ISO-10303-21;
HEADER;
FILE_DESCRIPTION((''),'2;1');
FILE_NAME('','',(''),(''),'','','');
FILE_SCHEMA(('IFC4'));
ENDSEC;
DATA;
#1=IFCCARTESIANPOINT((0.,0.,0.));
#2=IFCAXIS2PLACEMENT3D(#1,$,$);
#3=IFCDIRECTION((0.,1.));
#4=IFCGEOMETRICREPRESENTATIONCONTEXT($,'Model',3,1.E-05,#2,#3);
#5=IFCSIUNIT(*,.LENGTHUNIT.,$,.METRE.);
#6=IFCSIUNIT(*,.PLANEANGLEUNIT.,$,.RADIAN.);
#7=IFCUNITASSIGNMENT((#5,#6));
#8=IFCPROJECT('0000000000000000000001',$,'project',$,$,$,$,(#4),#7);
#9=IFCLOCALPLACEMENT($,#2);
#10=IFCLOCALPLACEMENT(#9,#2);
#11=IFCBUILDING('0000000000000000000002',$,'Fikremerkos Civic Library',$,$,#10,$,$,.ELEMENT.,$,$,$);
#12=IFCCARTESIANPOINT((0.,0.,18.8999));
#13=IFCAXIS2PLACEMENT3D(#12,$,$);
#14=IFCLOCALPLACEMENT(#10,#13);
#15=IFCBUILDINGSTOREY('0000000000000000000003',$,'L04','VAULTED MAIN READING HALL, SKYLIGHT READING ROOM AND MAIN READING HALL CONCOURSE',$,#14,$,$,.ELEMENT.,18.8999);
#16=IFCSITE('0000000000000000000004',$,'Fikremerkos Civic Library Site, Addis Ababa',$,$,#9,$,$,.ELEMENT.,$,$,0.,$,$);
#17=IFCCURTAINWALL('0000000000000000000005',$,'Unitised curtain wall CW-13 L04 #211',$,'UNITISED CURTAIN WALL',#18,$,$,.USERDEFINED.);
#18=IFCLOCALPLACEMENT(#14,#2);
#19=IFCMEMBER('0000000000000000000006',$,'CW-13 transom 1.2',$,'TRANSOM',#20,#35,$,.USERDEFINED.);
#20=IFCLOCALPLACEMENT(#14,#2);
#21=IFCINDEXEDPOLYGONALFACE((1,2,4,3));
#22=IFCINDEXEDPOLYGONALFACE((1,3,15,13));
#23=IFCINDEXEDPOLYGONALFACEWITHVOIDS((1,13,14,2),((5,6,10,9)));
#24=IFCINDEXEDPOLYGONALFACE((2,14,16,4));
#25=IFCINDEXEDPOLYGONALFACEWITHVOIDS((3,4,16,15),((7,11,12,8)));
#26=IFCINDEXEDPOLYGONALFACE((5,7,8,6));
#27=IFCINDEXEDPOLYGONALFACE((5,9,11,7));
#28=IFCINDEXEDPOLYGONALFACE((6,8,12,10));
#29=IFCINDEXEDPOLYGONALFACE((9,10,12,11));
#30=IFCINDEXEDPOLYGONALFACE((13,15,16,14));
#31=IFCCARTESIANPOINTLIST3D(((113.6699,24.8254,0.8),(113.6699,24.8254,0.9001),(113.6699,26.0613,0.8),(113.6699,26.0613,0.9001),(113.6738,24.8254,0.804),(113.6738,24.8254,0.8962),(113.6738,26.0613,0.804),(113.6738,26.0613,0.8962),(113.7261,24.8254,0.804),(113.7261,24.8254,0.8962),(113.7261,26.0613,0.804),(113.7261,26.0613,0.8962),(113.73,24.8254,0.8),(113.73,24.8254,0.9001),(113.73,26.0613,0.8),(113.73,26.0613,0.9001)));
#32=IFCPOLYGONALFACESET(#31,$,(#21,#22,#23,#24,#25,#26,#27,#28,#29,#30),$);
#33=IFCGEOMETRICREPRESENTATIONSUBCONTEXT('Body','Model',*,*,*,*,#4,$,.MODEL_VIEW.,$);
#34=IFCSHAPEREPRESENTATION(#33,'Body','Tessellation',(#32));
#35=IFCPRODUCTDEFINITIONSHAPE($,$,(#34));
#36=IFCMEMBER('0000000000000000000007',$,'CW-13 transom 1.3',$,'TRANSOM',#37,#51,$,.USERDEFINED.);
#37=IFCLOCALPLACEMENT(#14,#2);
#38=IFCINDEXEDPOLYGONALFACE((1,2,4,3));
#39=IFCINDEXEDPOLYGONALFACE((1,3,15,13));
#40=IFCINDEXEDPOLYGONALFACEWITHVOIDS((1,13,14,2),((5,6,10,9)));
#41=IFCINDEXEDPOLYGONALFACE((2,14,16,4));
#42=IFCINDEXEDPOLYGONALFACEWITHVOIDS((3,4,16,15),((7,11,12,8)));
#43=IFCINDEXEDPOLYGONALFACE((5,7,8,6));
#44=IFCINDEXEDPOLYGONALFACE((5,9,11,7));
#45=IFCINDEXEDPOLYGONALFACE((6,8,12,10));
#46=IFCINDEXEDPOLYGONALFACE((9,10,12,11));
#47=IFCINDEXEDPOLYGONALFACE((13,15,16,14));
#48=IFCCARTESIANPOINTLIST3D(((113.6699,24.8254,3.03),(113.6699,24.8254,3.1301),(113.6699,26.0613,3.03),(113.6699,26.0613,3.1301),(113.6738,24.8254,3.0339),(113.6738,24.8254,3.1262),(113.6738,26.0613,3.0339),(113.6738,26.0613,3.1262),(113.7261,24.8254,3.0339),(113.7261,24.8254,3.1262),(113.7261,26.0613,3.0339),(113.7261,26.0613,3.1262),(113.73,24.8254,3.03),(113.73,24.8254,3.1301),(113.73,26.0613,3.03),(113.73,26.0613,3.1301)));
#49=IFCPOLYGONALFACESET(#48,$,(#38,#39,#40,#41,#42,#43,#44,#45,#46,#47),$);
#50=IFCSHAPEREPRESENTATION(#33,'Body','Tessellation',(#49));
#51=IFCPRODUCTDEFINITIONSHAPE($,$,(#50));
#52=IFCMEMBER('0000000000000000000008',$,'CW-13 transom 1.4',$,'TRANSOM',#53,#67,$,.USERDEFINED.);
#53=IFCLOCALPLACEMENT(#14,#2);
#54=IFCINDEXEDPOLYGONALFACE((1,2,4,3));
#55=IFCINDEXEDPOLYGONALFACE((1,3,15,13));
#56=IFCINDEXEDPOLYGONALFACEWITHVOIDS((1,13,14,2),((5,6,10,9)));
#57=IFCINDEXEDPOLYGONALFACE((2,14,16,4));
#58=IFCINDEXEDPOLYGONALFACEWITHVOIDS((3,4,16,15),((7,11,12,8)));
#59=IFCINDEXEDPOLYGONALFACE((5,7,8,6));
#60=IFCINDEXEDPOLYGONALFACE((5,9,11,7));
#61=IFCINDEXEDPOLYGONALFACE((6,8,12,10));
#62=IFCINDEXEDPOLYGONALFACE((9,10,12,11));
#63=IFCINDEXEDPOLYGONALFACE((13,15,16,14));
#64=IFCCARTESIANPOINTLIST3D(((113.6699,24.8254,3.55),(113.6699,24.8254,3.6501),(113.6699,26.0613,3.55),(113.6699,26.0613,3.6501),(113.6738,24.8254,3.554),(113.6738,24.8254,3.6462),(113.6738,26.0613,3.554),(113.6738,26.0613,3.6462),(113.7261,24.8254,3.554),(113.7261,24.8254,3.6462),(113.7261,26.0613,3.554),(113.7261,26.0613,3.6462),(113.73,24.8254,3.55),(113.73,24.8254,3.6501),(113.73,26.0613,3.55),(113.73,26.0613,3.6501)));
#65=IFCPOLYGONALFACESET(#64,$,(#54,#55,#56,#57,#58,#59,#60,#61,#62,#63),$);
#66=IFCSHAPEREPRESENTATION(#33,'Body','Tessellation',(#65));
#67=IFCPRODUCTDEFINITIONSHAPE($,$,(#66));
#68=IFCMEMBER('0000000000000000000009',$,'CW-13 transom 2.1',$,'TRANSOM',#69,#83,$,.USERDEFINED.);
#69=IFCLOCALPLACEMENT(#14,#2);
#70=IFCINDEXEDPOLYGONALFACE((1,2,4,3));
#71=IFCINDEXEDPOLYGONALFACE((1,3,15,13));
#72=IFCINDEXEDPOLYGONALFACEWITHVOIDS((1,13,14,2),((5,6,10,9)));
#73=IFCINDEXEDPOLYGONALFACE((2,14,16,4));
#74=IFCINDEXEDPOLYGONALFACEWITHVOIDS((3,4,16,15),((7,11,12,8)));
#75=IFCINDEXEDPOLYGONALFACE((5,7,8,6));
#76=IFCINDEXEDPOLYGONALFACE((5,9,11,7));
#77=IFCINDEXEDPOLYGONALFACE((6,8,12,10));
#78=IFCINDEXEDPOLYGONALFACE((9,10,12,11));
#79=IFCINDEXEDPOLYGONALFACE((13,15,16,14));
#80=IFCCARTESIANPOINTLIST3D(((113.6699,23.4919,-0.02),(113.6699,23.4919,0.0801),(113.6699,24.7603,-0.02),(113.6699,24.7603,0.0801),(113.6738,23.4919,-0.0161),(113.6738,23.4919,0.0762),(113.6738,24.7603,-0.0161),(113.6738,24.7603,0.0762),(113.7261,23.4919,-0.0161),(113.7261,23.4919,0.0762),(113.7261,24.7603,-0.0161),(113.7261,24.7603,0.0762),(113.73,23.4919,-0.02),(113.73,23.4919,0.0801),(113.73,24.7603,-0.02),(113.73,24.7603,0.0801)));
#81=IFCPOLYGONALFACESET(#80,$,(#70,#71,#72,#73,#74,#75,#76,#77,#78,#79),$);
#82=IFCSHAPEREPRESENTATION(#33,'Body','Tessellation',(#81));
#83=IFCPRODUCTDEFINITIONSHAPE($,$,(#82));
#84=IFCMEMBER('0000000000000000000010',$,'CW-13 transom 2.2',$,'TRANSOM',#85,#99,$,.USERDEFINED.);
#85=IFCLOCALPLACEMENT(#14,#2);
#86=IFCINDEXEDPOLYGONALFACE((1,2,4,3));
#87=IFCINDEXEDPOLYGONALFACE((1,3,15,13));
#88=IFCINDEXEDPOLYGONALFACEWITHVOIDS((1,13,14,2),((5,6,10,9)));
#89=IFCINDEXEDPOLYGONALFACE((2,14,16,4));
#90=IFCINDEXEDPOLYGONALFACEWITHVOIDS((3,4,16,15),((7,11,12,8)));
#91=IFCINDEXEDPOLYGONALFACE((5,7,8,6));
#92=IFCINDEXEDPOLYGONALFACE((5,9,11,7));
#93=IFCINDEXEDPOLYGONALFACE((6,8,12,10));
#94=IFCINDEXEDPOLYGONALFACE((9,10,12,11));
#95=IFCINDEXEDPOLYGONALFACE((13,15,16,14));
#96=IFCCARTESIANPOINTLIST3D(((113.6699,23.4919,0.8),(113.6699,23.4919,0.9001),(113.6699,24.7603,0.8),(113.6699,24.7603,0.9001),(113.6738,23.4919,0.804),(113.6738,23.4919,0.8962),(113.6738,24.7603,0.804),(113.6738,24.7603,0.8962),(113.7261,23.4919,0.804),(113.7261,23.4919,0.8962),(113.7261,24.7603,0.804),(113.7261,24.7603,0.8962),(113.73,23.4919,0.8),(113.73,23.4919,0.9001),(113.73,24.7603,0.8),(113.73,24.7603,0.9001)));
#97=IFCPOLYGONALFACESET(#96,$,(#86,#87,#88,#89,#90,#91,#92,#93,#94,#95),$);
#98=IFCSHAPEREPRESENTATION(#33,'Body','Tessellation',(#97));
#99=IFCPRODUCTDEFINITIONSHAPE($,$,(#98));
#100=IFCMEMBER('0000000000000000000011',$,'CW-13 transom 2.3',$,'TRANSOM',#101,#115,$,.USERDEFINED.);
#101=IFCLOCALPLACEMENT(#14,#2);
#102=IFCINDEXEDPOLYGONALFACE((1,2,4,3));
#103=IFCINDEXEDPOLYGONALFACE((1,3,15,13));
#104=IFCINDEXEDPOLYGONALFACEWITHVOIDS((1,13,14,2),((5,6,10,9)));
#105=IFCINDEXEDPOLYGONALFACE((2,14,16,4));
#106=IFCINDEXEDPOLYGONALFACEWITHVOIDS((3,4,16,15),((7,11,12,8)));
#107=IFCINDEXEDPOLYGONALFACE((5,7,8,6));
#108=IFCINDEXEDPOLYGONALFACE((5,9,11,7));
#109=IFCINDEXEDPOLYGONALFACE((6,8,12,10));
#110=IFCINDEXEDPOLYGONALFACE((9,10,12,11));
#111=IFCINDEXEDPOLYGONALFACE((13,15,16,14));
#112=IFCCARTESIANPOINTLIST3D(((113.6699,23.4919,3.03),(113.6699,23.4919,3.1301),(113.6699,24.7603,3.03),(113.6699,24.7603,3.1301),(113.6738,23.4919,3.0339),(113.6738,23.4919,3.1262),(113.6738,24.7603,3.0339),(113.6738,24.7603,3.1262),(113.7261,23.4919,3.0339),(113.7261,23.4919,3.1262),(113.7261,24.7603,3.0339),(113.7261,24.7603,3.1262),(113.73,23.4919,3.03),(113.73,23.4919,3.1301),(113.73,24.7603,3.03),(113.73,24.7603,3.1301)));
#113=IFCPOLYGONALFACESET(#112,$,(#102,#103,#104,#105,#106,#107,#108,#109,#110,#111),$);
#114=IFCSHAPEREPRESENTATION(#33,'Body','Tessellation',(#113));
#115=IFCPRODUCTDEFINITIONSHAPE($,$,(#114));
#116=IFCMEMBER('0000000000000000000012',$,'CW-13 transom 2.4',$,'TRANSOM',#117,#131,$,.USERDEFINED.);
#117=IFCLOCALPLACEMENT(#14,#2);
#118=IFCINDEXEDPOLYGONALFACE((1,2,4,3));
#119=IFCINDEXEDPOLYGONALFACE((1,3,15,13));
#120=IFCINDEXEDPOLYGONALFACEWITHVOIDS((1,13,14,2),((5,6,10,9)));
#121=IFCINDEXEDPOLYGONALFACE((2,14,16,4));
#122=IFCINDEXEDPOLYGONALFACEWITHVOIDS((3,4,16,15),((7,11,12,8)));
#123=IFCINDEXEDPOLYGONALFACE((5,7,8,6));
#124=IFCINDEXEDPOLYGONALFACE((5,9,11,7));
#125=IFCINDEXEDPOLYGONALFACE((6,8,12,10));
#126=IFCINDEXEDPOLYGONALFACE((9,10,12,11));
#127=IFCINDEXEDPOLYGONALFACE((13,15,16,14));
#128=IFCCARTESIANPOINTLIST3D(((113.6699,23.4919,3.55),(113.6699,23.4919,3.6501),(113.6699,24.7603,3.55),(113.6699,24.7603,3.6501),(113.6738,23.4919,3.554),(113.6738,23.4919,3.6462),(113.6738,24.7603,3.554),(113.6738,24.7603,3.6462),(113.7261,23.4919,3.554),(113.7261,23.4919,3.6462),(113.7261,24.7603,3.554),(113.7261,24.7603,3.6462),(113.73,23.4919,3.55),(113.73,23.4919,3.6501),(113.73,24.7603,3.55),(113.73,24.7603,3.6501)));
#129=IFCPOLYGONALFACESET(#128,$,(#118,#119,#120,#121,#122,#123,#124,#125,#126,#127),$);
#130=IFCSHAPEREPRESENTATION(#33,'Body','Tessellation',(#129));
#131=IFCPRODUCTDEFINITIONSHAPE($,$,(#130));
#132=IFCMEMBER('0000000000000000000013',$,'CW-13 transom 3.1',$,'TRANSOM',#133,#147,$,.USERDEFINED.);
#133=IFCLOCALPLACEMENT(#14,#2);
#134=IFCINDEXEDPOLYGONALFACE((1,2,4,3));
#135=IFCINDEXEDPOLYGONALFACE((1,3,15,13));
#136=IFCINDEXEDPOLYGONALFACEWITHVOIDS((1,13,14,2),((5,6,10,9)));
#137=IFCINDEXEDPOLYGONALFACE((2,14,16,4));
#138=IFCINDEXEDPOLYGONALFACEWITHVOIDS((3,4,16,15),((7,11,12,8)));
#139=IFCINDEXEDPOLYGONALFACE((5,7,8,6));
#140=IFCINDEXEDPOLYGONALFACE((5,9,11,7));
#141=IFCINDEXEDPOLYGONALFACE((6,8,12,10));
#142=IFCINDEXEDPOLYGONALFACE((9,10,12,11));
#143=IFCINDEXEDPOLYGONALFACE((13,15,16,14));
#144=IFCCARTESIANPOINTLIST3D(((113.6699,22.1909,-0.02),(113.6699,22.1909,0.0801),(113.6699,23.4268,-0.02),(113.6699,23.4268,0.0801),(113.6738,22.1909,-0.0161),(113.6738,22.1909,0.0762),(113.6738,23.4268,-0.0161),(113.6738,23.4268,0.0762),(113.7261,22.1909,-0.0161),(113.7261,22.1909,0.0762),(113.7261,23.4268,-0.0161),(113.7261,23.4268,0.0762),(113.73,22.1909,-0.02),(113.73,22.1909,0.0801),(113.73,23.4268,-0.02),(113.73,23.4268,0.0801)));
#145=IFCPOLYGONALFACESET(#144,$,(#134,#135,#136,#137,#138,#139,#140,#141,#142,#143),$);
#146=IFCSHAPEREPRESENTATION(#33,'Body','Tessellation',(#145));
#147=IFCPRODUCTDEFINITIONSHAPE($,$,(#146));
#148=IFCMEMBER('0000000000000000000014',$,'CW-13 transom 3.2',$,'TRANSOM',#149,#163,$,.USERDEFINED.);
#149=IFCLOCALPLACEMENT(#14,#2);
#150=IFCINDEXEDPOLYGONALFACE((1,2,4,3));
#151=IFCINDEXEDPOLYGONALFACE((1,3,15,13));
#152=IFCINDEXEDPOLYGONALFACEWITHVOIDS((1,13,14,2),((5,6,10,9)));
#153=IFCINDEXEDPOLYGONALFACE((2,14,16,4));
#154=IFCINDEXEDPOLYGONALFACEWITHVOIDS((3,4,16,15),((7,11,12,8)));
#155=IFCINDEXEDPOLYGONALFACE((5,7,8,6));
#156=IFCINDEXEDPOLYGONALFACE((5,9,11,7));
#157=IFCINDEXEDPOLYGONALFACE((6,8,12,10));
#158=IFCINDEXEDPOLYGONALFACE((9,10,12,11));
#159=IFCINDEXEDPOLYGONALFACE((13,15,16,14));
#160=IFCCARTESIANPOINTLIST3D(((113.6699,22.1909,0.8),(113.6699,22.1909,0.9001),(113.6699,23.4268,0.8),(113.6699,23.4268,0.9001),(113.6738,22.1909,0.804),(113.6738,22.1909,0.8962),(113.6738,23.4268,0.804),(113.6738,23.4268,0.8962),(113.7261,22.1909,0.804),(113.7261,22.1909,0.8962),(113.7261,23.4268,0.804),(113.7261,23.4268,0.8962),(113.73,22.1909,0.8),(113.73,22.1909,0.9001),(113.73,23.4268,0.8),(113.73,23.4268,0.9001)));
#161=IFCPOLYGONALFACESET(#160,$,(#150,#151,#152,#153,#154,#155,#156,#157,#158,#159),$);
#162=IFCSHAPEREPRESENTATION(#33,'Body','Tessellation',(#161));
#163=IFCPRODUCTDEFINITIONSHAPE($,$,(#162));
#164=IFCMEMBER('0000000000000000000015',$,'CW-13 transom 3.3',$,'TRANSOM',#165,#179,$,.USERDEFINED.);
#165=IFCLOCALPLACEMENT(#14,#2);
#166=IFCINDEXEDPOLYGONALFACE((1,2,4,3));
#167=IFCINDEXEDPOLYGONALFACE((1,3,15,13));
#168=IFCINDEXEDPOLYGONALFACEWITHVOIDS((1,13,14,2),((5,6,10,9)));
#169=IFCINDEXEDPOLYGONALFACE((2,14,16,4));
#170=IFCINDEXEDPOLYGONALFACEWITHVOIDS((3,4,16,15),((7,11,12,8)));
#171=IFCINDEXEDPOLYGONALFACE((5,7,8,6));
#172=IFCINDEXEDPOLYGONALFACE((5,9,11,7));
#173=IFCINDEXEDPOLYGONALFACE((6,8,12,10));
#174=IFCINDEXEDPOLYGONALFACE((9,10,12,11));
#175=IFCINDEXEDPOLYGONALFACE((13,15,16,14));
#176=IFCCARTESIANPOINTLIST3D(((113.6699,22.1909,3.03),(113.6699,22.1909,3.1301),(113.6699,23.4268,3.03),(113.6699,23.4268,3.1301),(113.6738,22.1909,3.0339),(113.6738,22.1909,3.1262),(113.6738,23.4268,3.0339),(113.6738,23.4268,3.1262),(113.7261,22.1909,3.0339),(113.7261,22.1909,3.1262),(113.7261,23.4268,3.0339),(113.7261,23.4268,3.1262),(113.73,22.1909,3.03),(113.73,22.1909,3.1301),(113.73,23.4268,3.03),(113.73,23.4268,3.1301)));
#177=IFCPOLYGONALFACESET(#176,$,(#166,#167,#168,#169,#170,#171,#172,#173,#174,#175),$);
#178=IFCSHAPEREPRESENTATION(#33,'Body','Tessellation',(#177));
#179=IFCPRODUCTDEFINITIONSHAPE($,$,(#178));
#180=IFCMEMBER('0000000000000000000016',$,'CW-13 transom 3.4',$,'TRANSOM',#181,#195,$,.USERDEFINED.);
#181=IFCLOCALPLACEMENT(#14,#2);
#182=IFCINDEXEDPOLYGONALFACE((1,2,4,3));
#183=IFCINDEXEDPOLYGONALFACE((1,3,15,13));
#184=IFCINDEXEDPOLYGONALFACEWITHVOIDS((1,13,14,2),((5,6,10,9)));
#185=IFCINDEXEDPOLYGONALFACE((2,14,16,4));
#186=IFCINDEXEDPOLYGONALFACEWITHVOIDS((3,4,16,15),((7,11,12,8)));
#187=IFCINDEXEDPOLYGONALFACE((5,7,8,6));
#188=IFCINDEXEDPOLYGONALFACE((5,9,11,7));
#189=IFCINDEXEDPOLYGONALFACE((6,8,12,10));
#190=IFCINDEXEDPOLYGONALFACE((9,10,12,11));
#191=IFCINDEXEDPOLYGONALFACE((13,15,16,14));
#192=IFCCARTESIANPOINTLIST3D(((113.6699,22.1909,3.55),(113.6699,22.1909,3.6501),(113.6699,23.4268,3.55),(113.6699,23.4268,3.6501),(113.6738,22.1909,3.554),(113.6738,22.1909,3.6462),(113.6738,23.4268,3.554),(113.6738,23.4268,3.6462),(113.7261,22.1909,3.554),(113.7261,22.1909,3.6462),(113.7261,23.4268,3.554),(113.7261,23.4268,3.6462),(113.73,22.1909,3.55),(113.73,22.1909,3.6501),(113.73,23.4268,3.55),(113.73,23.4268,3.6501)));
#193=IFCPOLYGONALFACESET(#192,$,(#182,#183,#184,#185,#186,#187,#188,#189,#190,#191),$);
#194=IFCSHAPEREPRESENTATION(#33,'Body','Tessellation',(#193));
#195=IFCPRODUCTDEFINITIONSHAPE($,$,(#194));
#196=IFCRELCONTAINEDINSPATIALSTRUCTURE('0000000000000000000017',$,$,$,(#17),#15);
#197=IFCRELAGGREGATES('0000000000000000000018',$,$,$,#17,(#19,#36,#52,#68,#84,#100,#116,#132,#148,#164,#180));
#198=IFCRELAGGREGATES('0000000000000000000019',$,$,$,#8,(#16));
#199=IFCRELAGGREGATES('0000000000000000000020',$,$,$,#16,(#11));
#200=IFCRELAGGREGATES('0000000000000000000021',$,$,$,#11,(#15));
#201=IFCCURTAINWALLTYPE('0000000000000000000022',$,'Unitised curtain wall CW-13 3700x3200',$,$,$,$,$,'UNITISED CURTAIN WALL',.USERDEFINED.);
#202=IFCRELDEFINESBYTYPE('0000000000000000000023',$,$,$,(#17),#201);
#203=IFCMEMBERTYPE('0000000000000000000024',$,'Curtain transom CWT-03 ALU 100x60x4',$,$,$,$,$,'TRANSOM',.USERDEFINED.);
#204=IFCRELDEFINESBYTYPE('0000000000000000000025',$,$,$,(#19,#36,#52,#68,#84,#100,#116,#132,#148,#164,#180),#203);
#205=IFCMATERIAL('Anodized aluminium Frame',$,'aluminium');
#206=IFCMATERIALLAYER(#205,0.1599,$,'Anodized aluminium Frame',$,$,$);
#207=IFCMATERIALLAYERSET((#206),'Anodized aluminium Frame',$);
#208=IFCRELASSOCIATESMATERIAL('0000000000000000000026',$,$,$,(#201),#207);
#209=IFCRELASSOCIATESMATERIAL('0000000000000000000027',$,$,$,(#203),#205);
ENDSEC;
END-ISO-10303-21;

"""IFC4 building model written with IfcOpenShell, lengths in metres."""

from ifc_helpers import new_model, si_unit, direction, frame, origin, origin_2d, place, context, subcontext, project, spatial, hollow_rectangle, extrude, material, layer, layer_set, material_profile, profile_set, type_object, element, aggregate, save


model = new_model("IFC4")

# Units and contexts
model_context = context("Model", 3, precision=1e-05, world=origin(), true_north=direction((0.0, 1.0)))
body_context = subcontext(model_context, "Body", "Model", "MODEL_VIEW")
ifc_project = project(units=[si_unit("LENGTHUNIT", "METRE"), si_unit("PLANEANGLEUNIT", "RADIAN")], contexts=[model_context])

# Site, building, storey
site_placement = place(None, origin())
site = spatial("IfcSite", under=ifc_project, at=site_placement, Name="Fikremerkos Civic Library Site, Addis Ababa", CompositionType="ELEMENT", RefElevation=0.0)
building_placement = place(site_placement, origin())
building = spatial("IfcBuilding", under=site, at=building_placement, Name="Fikremerkos Civic Library", CompositionType="ELEMENT")
storey_placement = place(building_placement, frame((0.0, 0.0, 18.8999)))
storey = spatial("IfcBuildingStorey", under=building, at=storey_placement, Name="L04", Description="VAULTED MAIN READING HALL, SKYLIGHT READING ROOM AND MAIN READING HALL CONCOURSE", CompositionType="ELEMENT", Elevation=18.8999)

# Curtain wall
ifc_material_1 = material(Name="Anodized aluminium Frame", Category="aluminium")
ifc_layer_1 = layer(ifc_material_1, 0.1599, Name="Anodized aluminium Frame")
ifc_layer_set_1 = layer_set([ifc_layer_1], Name="Anodized aluminium Frame")
curtain_wall_type_1 = type_object("IfcCurtainWallType", Name="Unitised curtain wall CW-13 3700x3200", ElementType="UNITISED CURTAIN WALL", PredefinedType="USERDEFINED", material=ifc_layer_set_1)
curtain_wall_1_placement = place(storey_placement, origin())
curtain_wall_1 = element("IfcCurtainWall", 1, at=curtain_wall_1_placement, inside=storey, type_object=curtain_wall_type_1, Name="Unitised curtain wall CW-13 L04 #211", ObjectType="UNITISED CURTAIN WALL", PredefinedType="USERDEFINED")

# Members
ifc_material_profile_1 = material_profile(ifc_material_1, hollow_rectangle(XDim=0.0601, YDim=0.1001, WallThickness=0.0039, at=origin_2d()), Name="ALU 100x60x4")
ifc_profile_set_1 = profile_set([ifc_material_profile_1], Name="Anodized aluminium Frame")
member_type_1 = type_object("IfcMemberType", Name="Curtain transom CWT-03 ALU 100x60x4", ElementType="TRANSOM", PredefinedType="USERDEFINED", material=ifc_profile_set_1)
member_1_placement = place(storey_placement, frame((113.7, 26.0613, 0.8501), z_axis=(0.0, -1.0, 0.0), x_axis=(1.0, 0.0, 0.0)))
member_1 = element("IfcMember", 2, at=member_1_placement, type_object=member_type_1, Name="CW-13 transom 1.2", ObjectType="TRANSOM", PredefinedType="USERDEFINED", context=body_context, shape_type="SweptSolid", body=[
    extrude(hollow_rectangle(XDim=0.0601, YDim=0.1001, WallThickness=0.0039, at=origin_2d()), origin(), (0.0, 0.0, 1.0), 1.2358),
])
member_2_placement = place(storey_placement, frame((113.7, 26.0613, 3.0801), z_axis=(0.0, -1.0, 0.0), x_axis=(1.0, 0.0, 0.0)))
member_2 = element("IfcMember", 3, at=member_2_placement, type_object=member_type_1, Name="CW-13 transom 1.3", ObjectType="TRANSOM", PredefinedType="USERDEFINED", context=body_context, shape_type="SweptSolid", body=[
    extrude(hollow_rectangle(XDim=0.0601, YDim=0.1001, WallThickness=0.0039, at=origin_2d()), origin(), (0.0, 0.0, 1.0), 1.2358),
])
member_3_placement = place(storey_placement, frame((113.7, 26.0613, 3.6001), z_axis=(0.0, -1.0, 0.0), x_axis=(1.0, 0.0, 0.0)))
member_3 = element("IfcMember", 4, at=member_3_placement, type_object=member_type_1, Name="CW-13 transom 1.4", ObjectType="TRANSOM", PredefinedType="USERDEFINED", context=body_context, shape_type="SweptSolid", body=[
    extrude(hollow_rectangle(XDim=0.0601, YDim=0.1001, WallThickness=0.0039, at=origin_2d()), origin(), (0.0, 0.0, 1.0), 1.2358),
])
member_4_placement = place(storey_placement, frame((113.7, 24.7603, 0.03), z_axis=(0.0, -1.0, 0.0), x_axis=(1.0, 0.0, 0.0)))
member_4 = element("IfcMember", 5, at=member_4_placement, type_object=member_type_1, Name="CW-13 transom 2.1", ObjectType="TRANSOM", PredefinedType="USERDEFINED", context=body_context, shape_type="SweptSolid", body=[
    extrude(hollow_rectangle(XDim=0.0601, YDim=0.1001, WallThickness=0.0039, at=origin_2d()), origin(), (0.0, 0.0, 1.0), 1.2683),
])
member_5_placement = place(storey_placement, frame((113.7, 24.7603, 0.8501), z_axis=(0.0, -1.0, 0.0), x_axis=(1.0, 0.0, 0.0)))
member_5 = element("IfcMember", 6, at=member_5_placement, type_object=member_type_1, Name="CW-13 transom 2.2", ObjectType="TRANSOM", PredefinedType="USERDEFINED", context=body_context, shape_type="SweptSolid", body=[
    extrude(hollow_rectangle(XDim=0.0601, YDim=0.1001, WallThickness=0.0039, at=origin_2d()), origin(), (0.0, 0.0, 1.0), 1.2683),
])
member_6_placement = place(storey_placement, frame((113.7, 24.7603, 3.0801), z_axis=(0.0, -1.0, 0.0), x_axis=(1.0, 0.0, 0.0)))
member_6 = element("IfcMember", 7, at=member_6_placement, type_object=member_type_1, Name="CW-13 transom 2.3", ObjectType="TRANSOM", PredefinedType="USERDEFINED", context=body_context, shape_type="SweptSolid", body=[
    extrude(hollow_rectangle(XDim=0.0601, YDim=0.1001, WallThickness=0.0039, at=origin_2d()), origin(), (0.0, 0.0, 1.0), 1.2683),
])
member_7_placement = place(storey_placement, frame((113.7, 24.7603, 3.6001), z_axis=(0.0, -1.0, 0.0), x_axis=(1.0, 0.0, 0.0)))
member_7 = element("IfcMember", 8, at=member_7_placement, type_object=member_type_1, Name="CW-13 transom 2.4", ObjectType="TRANSOM", PredefinedType="USERDEFINED", context=body_context, shape_type="SweptSolid", body=[
    extrude(hollow_rectangle(XDim=0.0601, YDim=0.1001, WallThickness=0.0039, at=origin_2d()), origin(), (0.0, 0.0, 1.0), 1.2683),
])
member_8_placement = place(storey_placement, frame((113.7, 23.4268, 0.03), z_axis=(0.0, -1.0, 0.0), x_axis=(1.0, 0.0, 0.0)))
member_8 = element("IfcMember", 9, at=member_8_placement, type_object=member_type_1, Name="CW-13 transom 3.1", ObjectType="TRANSOM", PredefinedType="USERDEFINED", context=body_context, shape_type="SweptSolid", body=[
    extrude(hollow_rectangle(XDim=0.0601, YDim=0.1001, WallThickness=0.0039, at=origin_2d()), origin(), (0.0, 0.0, 1.0), 1.2358),
])
member_9_placement = place(storey_placement, frame((113.7, 23.4268, 0.8501), z_axis=(0.0, -1.0, 0.0), x_axis=(1.0, 0.0, 0.0)))
member_9 = element("IfcMember", 10, at=member_9_placement, type_object=member_type_1, Name="CW-13 transom 3.2", ObjectType="TRANSOM", PredefinedType="USERDEFINED", context=body_context, shape_type="SweptSolid", body=[
    extrude(hollow_rectangle(XDim=0.0601, YDim=0.1001, WallThickness=0.0039, at=origin_2d()), origin(), (0.0, 0.0, 1.0), 1.2358),
])
member_10_placement = place(storey_placement, frame((113.7, 23.4268, 3.0801), z_axis=(0.0, -1.0, 0.0), x_axis=(1.0, 0.0, 0.0)))
member_10 = element("IfcMember", 11, at=member_10_placement, type_object=member_type_1, Name="CW-13 transom 3.3", ObjectType="TRANSOM", PredefinedType="USERDEFINED", context=body_context, shape_type="SweptSolid", body=[
    extrude(hollow_rectangle(XDim=0.0601, YDim=0.1001, WallThickness=0.0039, at=origin_2d()), origin(), (0.0, 0.0, 1.0), 1.2358),
])
member_11_placement = place(storey_placement, frame((113.7, 23.4268, 3.6001), z_axis=(0.0, -1.0, 0.0), x_axis=(1.0, 0.0, 0.0)))
member_11 = element("IfcMember", 12, at=member_11_placement, type_object=member_type_1, Name="CW-13 transom 3.4", ObjectType="TRANSOM", PredefinedType="USERDEFINED", context=body_context, shape_type="SweptSolid", body=[
    extrude(hollow_rectangle(XDim=0.0601, YDim=0.1001, WallThickness=0.0039, at=origin_2d()), origin(), (0.0, 0.0, 1.0), 1.2358),
])

aggregate(curtain_wall_1, [member_1, member_2, member_3, member_4, member_5, member_6, member_7, member_8, member_9, member_10, member_11])

save(model, "model.ifc")
